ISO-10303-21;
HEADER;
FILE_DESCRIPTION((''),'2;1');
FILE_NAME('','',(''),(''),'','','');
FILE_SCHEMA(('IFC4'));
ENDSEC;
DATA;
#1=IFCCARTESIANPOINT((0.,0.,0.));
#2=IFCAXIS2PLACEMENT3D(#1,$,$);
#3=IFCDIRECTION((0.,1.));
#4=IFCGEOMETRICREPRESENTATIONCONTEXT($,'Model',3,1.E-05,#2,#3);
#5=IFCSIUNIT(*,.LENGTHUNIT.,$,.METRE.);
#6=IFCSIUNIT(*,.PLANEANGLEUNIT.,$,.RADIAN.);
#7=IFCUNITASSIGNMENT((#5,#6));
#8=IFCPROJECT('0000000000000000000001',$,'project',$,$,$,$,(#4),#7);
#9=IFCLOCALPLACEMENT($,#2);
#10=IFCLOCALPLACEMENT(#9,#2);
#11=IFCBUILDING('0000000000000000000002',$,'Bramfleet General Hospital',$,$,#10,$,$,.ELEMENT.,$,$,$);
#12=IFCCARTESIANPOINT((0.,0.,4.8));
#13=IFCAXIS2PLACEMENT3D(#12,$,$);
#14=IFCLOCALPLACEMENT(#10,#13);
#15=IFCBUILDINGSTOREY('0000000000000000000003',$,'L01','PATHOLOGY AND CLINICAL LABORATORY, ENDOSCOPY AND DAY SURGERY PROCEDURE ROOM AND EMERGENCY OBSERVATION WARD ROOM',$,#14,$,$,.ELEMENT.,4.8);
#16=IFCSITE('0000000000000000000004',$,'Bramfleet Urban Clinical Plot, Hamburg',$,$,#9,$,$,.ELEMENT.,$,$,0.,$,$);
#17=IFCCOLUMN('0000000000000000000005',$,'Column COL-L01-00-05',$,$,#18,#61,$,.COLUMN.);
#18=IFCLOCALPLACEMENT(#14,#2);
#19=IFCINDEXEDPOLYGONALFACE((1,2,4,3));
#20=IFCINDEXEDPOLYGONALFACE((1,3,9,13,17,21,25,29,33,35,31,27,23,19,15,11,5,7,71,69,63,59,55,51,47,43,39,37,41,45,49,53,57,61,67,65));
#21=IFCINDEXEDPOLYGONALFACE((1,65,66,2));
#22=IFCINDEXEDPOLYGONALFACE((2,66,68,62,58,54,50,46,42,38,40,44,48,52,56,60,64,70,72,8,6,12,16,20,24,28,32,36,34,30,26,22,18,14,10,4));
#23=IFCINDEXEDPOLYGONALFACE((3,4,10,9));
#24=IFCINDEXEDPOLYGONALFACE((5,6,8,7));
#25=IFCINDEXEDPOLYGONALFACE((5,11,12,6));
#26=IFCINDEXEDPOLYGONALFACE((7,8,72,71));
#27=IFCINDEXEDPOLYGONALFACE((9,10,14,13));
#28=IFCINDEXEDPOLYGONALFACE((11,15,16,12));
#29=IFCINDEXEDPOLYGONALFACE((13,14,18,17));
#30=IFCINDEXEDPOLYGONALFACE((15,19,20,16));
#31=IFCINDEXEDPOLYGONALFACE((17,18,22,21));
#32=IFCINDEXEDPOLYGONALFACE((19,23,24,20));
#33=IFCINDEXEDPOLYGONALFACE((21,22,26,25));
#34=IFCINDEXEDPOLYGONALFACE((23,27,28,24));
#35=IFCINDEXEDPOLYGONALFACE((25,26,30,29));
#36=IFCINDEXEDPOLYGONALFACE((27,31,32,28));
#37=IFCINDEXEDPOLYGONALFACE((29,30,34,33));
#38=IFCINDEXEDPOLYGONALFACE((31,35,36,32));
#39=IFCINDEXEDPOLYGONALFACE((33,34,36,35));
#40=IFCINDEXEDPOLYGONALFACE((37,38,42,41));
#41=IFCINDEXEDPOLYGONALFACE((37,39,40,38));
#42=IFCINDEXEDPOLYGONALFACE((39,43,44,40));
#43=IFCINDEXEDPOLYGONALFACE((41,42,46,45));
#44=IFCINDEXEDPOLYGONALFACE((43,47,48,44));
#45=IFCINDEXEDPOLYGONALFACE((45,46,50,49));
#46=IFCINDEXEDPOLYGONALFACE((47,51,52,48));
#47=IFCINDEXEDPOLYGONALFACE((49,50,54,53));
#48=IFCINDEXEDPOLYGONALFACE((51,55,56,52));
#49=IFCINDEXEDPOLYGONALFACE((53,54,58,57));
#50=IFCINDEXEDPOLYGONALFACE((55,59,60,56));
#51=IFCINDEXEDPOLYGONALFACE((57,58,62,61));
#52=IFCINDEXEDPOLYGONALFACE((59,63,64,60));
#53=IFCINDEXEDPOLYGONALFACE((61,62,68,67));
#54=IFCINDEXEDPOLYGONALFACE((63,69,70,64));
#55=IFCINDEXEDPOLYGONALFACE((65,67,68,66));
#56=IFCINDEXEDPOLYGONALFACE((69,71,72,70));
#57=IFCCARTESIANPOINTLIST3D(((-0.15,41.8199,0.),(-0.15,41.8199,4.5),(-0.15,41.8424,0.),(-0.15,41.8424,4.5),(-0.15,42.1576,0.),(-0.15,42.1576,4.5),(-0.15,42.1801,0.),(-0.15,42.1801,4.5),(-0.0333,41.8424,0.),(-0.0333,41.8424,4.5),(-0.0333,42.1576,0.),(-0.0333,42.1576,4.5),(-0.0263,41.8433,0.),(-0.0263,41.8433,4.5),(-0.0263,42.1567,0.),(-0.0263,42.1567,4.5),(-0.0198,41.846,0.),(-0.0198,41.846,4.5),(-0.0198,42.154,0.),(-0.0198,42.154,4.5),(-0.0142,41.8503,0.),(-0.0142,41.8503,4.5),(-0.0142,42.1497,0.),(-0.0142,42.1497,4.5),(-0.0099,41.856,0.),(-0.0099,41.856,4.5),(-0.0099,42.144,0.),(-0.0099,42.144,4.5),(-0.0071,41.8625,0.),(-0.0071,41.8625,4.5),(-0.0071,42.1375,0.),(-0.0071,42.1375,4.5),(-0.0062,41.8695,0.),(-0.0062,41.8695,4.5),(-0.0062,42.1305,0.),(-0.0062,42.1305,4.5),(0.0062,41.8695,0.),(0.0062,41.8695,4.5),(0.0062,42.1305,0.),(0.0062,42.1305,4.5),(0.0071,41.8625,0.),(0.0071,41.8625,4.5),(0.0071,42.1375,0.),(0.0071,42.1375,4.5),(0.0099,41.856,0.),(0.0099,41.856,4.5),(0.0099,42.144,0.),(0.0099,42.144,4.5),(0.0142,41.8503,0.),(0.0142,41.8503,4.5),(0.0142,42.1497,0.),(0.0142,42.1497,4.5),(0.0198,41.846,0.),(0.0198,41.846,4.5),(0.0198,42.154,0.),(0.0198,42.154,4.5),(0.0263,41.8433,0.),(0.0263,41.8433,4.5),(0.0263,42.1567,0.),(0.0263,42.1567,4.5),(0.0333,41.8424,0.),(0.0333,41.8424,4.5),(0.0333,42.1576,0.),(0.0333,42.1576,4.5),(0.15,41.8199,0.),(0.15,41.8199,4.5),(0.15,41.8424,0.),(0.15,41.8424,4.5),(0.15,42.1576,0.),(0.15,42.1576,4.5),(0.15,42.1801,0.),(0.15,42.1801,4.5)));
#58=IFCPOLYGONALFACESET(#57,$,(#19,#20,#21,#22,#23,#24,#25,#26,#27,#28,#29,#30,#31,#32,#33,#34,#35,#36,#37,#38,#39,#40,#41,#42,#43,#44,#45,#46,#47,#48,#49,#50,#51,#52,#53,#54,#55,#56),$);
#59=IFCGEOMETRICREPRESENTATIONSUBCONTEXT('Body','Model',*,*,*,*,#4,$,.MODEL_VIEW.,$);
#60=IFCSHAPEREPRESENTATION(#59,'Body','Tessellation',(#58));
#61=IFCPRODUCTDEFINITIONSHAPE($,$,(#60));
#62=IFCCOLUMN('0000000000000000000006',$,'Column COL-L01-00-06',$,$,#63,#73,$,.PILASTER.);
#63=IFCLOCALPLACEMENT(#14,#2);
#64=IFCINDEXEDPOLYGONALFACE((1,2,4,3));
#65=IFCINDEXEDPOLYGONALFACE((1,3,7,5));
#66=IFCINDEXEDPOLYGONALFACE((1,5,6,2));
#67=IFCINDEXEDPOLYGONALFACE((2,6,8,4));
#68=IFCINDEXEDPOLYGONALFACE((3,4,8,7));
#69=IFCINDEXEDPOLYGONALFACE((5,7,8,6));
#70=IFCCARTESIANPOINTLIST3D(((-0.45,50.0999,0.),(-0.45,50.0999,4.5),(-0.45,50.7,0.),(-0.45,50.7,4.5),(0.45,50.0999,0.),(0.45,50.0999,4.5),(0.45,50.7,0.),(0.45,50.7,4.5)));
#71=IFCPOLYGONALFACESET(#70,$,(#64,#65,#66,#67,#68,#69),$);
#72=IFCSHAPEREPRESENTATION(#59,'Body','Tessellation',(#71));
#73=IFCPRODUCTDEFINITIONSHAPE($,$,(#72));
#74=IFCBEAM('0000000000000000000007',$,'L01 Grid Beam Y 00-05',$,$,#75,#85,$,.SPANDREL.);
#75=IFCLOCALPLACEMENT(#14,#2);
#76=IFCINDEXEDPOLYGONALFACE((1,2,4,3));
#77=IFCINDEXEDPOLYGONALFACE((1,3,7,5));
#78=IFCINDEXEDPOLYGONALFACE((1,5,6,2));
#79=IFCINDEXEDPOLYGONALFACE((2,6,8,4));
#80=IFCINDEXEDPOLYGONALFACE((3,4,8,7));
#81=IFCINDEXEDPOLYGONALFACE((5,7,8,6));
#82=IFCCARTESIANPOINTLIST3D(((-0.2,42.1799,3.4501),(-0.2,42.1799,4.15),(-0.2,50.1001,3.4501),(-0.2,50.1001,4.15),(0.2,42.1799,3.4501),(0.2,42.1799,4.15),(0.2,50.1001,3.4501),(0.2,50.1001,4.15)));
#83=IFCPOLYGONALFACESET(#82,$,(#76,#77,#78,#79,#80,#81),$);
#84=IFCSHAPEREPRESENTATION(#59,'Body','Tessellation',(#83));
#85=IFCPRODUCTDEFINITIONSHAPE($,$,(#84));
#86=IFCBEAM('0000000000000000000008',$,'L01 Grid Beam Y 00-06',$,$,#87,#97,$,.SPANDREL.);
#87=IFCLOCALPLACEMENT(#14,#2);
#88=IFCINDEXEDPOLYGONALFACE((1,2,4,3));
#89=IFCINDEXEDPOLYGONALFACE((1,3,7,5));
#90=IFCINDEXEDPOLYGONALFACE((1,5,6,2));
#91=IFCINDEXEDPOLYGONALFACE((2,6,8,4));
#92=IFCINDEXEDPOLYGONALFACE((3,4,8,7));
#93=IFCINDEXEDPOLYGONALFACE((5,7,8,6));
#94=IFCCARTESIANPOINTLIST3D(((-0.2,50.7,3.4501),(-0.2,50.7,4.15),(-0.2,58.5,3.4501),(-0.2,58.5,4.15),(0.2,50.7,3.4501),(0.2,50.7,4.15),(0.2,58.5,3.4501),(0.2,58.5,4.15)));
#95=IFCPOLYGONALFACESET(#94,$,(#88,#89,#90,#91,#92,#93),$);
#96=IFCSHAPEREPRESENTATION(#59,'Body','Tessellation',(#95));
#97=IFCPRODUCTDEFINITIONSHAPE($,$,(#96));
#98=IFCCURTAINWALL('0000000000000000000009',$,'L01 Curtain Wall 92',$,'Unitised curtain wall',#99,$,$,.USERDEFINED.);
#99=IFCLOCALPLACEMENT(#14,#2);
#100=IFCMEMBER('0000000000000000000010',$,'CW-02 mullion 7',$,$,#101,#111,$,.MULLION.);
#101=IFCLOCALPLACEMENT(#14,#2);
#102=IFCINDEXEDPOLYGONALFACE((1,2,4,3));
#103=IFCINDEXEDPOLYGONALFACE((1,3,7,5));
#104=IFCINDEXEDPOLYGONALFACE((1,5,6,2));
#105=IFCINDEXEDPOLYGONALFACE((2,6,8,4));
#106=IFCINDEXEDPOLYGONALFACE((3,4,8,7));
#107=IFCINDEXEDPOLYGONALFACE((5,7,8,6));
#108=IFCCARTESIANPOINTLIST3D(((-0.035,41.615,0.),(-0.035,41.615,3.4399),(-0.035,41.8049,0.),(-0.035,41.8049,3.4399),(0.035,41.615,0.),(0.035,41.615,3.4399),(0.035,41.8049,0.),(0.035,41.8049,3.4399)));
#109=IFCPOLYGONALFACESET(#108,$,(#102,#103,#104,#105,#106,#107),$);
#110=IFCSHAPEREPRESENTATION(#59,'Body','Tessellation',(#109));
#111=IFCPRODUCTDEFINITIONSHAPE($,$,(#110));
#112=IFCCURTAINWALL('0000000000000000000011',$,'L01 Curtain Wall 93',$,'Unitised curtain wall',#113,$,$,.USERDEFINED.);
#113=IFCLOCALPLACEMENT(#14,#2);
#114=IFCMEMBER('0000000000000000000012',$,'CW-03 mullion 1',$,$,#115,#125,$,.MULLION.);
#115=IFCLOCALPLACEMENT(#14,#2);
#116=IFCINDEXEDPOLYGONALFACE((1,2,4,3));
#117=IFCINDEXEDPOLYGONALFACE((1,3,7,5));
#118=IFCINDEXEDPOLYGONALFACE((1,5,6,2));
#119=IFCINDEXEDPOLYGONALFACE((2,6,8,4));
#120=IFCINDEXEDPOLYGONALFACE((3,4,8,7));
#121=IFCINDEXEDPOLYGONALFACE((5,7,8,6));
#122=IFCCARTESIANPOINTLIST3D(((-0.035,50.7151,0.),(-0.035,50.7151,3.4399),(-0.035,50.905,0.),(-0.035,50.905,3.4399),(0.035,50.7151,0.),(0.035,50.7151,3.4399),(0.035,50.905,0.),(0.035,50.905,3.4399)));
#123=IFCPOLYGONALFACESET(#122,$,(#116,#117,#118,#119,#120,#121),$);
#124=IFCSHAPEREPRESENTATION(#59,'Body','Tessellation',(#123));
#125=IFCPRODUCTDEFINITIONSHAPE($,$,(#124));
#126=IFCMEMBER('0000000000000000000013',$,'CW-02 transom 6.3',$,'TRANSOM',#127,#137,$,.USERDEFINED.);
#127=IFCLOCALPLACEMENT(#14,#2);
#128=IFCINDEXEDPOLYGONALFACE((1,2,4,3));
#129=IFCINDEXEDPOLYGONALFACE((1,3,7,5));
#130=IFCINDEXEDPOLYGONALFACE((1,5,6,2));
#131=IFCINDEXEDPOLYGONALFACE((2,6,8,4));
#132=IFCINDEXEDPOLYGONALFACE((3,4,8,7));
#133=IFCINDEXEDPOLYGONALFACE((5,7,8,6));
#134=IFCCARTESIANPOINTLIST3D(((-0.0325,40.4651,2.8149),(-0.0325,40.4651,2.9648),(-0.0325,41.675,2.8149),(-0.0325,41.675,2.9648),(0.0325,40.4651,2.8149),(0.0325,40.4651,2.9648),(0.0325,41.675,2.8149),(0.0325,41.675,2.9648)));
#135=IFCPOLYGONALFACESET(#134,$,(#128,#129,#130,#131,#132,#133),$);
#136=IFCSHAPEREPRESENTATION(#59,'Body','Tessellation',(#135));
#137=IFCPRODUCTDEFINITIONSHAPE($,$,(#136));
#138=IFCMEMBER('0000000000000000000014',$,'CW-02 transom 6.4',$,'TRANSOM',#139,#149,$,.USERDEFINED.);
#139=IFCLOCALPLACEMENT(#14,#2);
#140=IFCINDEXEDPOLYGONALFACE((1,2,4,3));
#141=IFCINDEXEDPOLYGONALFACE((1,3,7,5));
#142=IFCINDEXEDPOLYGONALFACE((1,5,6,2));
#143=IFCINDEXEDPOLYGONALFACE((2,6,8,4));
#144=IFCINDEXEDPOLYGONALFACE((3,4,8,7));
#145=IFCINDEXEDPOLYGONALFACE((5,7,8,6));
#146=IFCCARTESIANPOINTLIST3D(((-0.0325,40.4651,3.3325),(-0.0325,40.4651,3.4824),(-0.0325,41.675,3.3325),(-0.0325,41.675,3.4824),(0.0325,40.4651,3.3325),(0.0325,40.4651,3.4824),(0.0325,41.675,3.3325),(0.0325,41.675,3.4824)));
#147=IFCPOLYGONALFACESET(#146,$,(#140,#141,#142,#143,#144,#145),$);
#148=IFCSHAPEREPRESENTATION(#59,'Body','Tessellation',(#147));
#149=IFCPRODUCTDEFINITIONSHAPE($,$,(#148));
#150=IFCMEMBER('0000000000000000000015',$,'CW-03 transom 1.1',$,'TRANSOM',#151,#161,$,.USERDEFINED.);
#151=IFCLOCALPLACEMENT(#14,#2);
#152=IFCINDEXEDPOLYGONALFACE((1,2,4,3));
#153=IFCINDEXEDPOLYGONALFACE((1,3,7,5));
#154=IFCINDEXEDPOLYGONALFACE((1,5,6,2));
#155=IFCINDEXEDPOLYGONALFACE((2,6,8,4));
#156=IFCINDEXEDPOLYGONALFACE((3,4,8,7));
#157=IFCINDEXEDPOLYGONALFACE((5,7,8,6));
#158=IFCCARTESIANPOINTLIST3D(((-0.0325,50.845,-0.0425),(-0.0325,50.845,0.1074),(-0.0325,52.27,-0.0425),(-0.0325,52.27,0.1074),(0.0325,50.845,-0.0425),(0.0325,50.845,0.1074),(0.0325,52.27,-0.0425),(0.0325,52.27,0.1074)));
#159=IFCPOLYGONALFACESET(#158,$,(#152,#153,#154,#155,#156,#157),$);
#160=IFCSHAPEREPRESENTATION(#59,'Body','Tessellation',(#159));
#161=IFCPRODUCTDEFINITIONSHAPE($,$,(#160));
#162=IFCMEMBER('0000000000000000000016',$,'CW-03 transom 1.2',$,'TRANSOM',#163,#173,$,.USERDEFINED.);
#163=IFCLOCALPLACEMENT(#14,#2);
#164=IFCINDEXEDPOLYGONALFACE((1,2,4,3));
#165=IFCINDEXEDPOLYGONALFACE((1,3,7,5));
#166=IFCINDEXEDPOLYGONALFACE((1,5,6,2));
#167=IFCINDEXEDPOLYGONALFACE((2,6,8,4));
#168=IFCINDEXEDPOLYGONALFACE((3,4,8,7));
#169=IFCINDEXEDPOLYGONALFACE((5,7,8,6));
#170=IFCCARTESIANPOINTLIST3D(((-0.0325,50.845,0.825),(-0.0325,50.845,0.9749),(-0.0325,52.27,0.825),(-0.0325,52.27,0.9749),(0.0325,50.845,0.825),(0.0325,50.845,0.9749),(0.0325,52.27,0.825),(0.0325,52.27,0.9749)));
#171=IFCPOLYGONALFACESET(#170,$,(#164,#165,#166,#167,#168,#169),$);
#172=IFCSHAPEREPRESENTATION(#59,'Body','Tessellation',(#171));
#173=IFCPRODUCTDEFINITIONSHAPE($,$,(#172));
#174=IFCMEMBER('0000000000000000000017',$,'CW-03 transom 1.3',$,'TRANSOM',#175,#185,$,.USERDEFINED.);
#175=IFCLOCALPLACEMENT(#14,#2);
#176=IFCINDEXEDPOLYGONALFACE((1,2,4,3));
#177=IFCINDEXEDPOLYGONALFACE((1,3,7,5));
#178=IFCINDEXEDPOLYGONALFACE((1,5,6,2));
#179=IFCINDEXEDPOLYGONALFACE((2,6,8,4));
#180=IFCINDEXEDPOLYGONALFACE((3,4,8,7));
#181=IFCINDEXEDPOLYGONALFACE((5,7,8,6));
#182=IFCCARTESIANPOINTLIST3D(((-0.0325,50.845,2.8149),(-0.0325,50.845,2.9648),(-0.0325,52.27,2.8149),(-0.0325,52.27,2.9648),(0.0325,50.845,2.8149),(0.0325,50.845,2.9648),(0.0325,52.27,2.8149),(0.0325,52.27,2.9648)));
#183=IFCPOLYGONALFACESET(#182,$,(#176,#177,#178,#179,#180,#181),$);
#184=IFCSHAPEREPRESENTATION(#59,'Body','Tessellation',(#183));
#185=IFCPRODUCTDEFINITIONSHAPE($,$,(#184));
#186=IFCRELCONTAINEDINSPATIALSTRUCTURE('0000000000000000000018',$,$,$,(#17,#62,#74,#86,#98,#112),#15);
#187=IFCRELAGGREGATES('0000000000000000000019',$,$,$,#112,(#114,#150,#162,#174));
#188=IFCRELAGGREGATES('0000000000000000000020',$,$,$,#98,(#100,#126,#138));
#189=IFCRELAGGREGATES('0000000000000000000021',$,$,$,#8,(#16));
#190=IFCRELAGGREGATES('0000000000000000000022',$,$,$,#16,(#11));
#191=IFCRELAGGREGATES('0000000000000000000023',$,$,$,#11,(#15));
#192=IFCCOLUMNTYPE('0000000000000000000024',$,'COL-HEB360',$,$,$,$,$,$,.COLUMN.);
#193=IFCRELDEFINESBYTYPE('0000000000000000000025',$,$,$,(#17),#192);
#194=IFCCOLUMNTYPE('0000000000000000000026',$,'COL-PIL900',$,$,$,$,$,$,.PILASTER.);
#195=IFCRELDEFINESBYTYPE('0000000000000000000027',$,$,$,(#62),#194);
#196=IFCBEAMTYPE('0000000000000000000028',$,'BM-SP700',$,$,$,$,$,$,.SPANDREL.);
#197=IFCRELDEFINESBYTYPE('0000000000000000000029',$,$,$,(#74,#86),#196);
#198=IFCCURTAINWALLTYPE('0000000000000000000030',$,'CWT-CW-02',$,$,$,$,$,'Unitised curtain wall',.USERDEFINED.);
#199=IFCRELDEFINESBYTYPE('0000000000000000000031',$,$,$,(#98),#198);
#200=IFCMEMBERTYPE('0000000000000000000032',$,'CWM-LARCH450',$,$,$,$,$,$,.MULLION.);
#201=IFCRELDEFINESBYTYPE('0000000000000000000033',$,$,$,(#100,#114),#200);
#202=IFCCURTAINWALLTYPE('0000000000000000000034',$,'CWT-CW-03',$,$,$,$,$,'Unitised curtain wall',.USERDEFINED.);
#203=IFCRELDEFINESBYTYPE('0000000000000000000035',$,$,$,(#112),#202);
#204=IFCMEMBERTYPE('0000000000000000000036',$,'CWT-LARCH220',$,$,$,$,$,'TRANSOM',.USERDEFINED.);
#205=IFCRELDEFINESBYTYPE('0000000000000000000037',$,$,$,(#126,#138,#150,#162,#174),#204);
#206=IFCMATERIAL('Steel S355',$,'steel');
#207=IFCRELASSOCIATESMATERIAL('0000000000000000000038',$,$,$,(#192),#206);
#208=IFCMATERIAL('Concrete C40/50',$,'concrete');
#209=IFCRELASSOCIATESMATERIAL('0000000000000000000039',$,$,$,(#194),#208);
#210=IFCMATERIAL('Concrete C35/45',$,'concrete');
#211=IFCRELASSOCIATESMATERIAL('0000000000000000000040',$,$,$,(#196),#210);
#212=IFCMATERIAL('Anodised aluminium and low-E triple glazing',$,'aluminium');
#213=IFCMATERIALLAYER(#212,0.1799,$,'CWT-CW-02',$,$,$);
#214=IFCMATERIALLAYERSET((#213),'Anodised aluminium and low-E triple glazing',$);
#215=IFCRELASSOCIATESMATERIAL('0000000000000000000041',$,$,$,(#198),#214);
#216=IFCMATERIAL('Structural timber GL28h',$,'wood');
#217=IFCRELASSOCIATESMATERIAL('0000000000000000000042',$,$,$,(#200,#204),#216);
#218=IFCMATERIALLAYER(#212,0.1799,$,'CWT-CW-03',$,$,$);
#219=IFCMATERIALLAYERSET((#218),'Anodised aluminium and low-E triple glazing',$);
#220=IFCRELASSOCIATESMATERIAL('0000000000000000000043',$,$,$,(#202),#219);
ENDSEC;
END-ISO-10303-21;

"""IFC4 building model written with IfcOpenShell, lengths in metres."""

from ifc_helpers import new_model, si_unit, direction, frame, origin, origin_2d, place, context, subcontext, project, spatial, rectangle, i_section, extrude, material, layer, layer_set, material_profile, profile_set, type_object, element, aggregate, save


model = new_model("IFC4")

# Units and contexts
model_context = context("Model", 3, precision=1e-05, world=origin(), true_north=direction((0.0, 1.0)))
body_context = subcontext(model_context, "Body", "Model", "MODEL_VIEW")
ifc_project = project(units=[si_unit("LENGTHUNIT", "METRE"), si_unit("PLANEANGLEUNIT", "RADIAN")], contexts=[model_context])

# Site, building, storey
site_placement = place(None, origin())
site = spatial("IfcSite", under=ifc_project, at=site_placement, Name="Bramfleet Urban Clinical Plot, Hamburg", CompositionType="ELEMENT", RefElevation=0.0)
building_placement = place(site_placement, origin())
building = spatial("IfcBuilding", under=site, at=building_placement, Name="Bramfleet General Hospital", CompositionType="ELEMENT")
storey_placement = place(building_placement, frame((0.0, 0.0, 4.8)))
storey = spatial("IfcBuildingStorey", under=building, at=storey_placement, Name="L01", Description="PATHOLOGY AND CLINICAL LABORATORY, ENDOSCOPY AND DAY SURGERY PROCEDURE ROOM AND EMERGENCY OBSERVATION WARD ROOM", CompositionType="ELEMENT", Elevation=4.8)

# Columns
ifc_material_1 = material(Name="Steel S355", Category="steel")
ifc_material_profile_1 = material_profile(ifc_material_1, i_section(OverallWidth=0.3, OverallDepth=0.3601, WebThickness=0.0125, FlangeThickness=0.0225, FilletRadius=0.0271, at=origin_2d()), Name="HEB 360")
ifc_profile_set_1 = profile_set([ifc_material_profile_1], Name="Steel S355")
column_type_1 = type_object("IfcColumnType", Name="COL-HEB360", PredefinedType="COLUMN", material=ifc_profile_set_1)
column_1_placement = place(storey_placement, frame((0.0, 42.0, 0.0), z_axis=(0.0, 0.0, 1.0), x_axis=(1.0, 0.0, 0.0)))
element("IfcColumn", 1, at=column_1_placement, inside=storey, type_object=column_type_1, Name="Column COL-L01-00-05", PredefinedType="COLUMN", context=body_context, shape_type="SweptSolid", body=[
    extrude(i_section(OverallWidth=0.3, OverallDepth=0.3601, WebThickness=0.0125, FlangeThickness=0.0225, FilletRadius=0.0271, at=origin_2d()), origin(), (0.0, 0.0, 1.0), 4.5),
])
ifc_material_2 = material(Name="Concrete C40/50", Category="concrete")
ifc_material_profile_2 = material_profile(ifc_material_2, rectangle(XDim=0.6001, YDim=0.8999, at=origin_2d()), Name="RC PIL 900x600")
ifc_profile_set_2 = profile_set([ifc_material_profile_2], Name="Concrete C40/50")
column_type_2 = type_object("IfcColumnType", Name="COL-PIL900", PredefinedType="PILASTER", material=ifc_profile_set_2)
column_2_placement = place(storey_placement, frame((0.0, 50.3999, 0.0), z_axis=(0.0, 0.0, 1.0), x_axis=(0.0, 1.0, 0.0)))
element("IfcColumn", 2, at=column_2_placement, inside=storey, type_object=column_type_2, Name="Column COL-L01-00-06", PredefinedType="PILASTER", context=body_context, shape_type="SweptSolid", body=[
    extrude(rectangle(XDim=0.6001, YDim=0.8999, at=origin_2d()), origin(), (0.0, 0.0, 1.0), 4.5),
])

# Beams
ifc_material_3 = material(Name="Concrete C35/45", Category="concrete")
ifc_material_profile_3 = material_profile(ifc_material_3, rectangle(XDim=0.3999, YDim=0.7, at=origin_2d()), Name="RC SP 700x400")
ifc_profile_set_3 = profile_set([ifc_material_profile_3], Name="Concrete C35/45")
beam_type = type_object("IfcBeamType", Name="BM-SP700", PredefinedType="SPANDREL", material=ifc_profile_set_3)
beam_1_placement = place(storey_placement, frame((0.0, 42.1799, 3.8), z_axis=(0.0, 1.0, 0.0), x_axis=(-1.0, 0.0, 0.0)))
element("IfcBeam", 3, at=beam_1_placement, inside=storey, type_object=beam_type, Name="L01 Grid Beam Y 00-05", PredefinedType="SPANDREL", context=body_context, shape_type="SweptSolid", body=[
    extrude(rectangle(XDim=0.3999, YDim=0.7, at=origin_2d()), origin(), (0.0, 0.0, 1.0), 7.9202),
])
beam_2_placement = place(storey_placement, frame((0.0, 50.7, 3.8), z_axis=(0.0, 1.0, 0.0), x_axis=(-1.0, 0.0, 0.0)))
element("IfcBeam", 4, at=beam_2_placement, inside=storey, type_object=beam_type, Name="L01 Grid Beam Y 00-06", PredefinedType="SPANDREL", context=body_context, shape_type="SweptSolid", body=[
    extrude(rectangle(XDim=0.3999, YDim=0.7, at=origin_2d()), origin(), (0.0, 0.0, 1.0), 7.8),
])

# Curtain walls, members
ifc_material_4 = material(Name="Anodised aluminium and low-E triple glazing", Category="aluminium")
ifc_layer_1 = layer(ifc_material_4, 0.1799, Name="CWT-CW-02")
ifc_layer_set_1 = layer_set([ifc_layer_1], Name="Anodised aluminium and low-E triple glazing")
curtain_wall_type_1 = type_object("IfcCurtainWallType", Name="CWT-CW-02", ElementType="Unitised curtain wall", PredefinedType="USERDEFINED", material=ifc_layer_set_1)
curtain_wall_1_placement = place(storey_placement, origin())
curtain_wall_1 = element("IfcCurtainWall", 5, at=curtain_wall_1_placement, inside=storey, type_object=curtain_wall_type_1, Name="L01 Curtain Wall 92", ObjectType="Unitised curtain wall", PredefinedType="USERDEFINED")
ifc_material_5 = material(Name="Structural timber GL28h", Category="wood")
ifc_material_profile_4 = material_profile(ifc_material_5, rectangle(XDim=0.0701, YDim=0.1899, at=origin_2d()), Name="LARCH 190x70")
ifc_profile_set_4 = profile_set([ifc_material_profile_4], Name="Structural timber GL28h")
member_type_1 = type_object("IfcMemberType", Name="CWM-LARCH450", PredefinedType="MULLION", material=ifc_profile_set_4)
member_1_placement = place(storey_placement, frame((0.0, 41.71, 0.0), z_axis=(0.0, 0.0, 1.0), x_axis=(-1.0, 0.0, 0.0)))
member_1 = element("IfcMember", 6, at=member_1_placement, type_object=member_type_1, Name="CW-02 mullion 7", PredefinedType="MULLION", context=body_context, shape_type="SweptSolid", body=[
    extrude(rectangle(XDim=0.0701, YDim=0.1899, at=origin_2d()), origin(), (0.0, 0.0, 1.0), 3.4399),
])
ifc_layer_2 = layer(ifc_material_4, 0.1799, Name="CWT-CW-03")
ifc_layer_set_2 = layer_set([ifc_layer_2], Name="Anodised aluminium and low-E triple glazing")
curtain_wall_type_2 = type_object("IfcCurtainWallType", Name="CWT-CW-03", ElementType="Unitised curtain wall", PredefinedType="USERDEFINED", material=ifc_layer_set_2)
curtain_wall_2_placement = place(storey_placement, origin())
curtain_wall_2 = element("IfcCurtainWall", 7, at=curtain_wall_2_placement, inside=storey, type_object=curtain_wall_type_2, Name="L01 Curtain Wall 93", ObjectType="Unitised curtain wall", PredefinedType="USERDEFINED")
member_2_placement = place(storey_placement, frame((0.0, 50.8101, 0.0), z_axis=(0.0, 0.0, 1.0), x_axis=(-1.0, 0.0, 0.0)))
member_2 = element("IfcMember", 8, at=member_2_placement, type_object=member_type_1, Name="CW-03 mullion 1", PredefinedType="MULLION", context=body_context, shape_type="SweptSolid", body=[
    extrude(rectangle(XDim=0.0701, YDim=0.1899, at=origin_2d()), origin(), (0.0, 0.0, 1.0), 3.4399),
])

# Members
ifc_material_profile_5 = material_profile(ifc_material_5, rectangle(XDim=0.0649, YDim=0.1499, at=origin_2d()), Name="LARCH 150x65")
ifc_profile_set_5 = profile_set([ifc_material_profile_5], Name="Structural timber GL28h")
member_type_2 = type_object("IfcMemberType", Name="CWT-LARCH220", ElementType="TRANSOM", PredefinedType="USERDEFINED", material=ifc_profile_set_5)
member_3_placement = place(storey_placement, frame((0.0, 40.4651, 2.8899), z_axis=(0.0, 1.0, 0.0), x_axis=(-1.0, 0.0, 0.0)))
member_3 = element("IfcMember", 9, at=member_3_placement, type_object=member_type_2, Name="CW-02 transom 6.3", ObjectType="TRANSOM", PredefinedType="USERDEFINED", context=body_context, shape_type="SweptSolid", body=[
    extrude(rectangle(XDim=0.0649, YDim=0.1499, at=origin_2d()), origin(), (0.0, 0.0, 1.0), 1.21),
])
member_4_placement = place(storey_placement, frame((0.0, 40.4651, 3.4075), z_axis=(0.0, 1.0, 0.0), x_axis=(-1.0, 0.0, 0.0)))
member_4 = element("IfcMember", 10, at=member_4_placement, type_object=member_type_2, Name="CW-02 transom 6.4", ObjectType="TRANSOM", PredefinedType="USERDEFINED", context=body_context, shape_type="SweptSolid", body=[
    extrude(rectangle(XDim=0.0649, YDim=0.1499, at=origin_2d()), origin(), (0.0, 0.0, 1.0), 1.21),
])
member_5_placement = place(storey_placement, frame((0.0, 50.845, 0.0325), z_axis=(0.0, 1.0, 0.0), x_axis=(-1.0, 0.0, 0.0)))
member_5 = element("IfcMember", 11, at=member_5_placement, type_object=member_type_2, Name="CW-03 transom 1.1", ObjectType="TRANSOM", PredefinedType="USERDEFINED", context=body_context, shape_type="SweptSolid", body=[
    extrude(rectangle(XDim=0.0649, YDim=0.1499, at=origin_2d()), origin(), (0.0, 0.0, 1.0), 1.425),
])
member_6_placement = place(storey_placement, frame((0.0, 50.845, 0.8999), z_axis=(0.0, 1.0, 0.0), x_axis=(-1.0, 0.0, 0.0)))
member_6 = element("IfcMember", 12, at=member_6_placement, type_object=member_type_2, Name="CW-03 transom 1.2", ObjectType="TRANSOM", PredefinedType="USERDEFINED", context=body_context, shape_type="SweptSolid", body=[
    extrude(rectangle(XDim=0.0649, YDim=0.1499, at=origin_2d()), origin(), (0.0, 0.0, 1.0), 1.425),
])
member_7_placement = place(storey_placement, frame((0.0, 50.845, 2.8899), z_axis=(0.0, 1.0, 0.0), x_axis=(-1.0, 0.0, 0.0)))
member_7 = element("IfcMember", 13, at=member_7_placement, type_object=member_type_2, Name="CW-03 transom 1.3", ObjectType="TRANSOM", PredefinedType="USERDEFINED", context=body_context, shape_type="SweptSolid", body=[
    extrude(rectangle(XDim=0.0649, YDim=0.1499, at=origin_2d()), origin(), (0.0, 0.0, 1.0), 1.425),
])

aggregate(curtain_wall_2, [member_2, member_5, member_6, member_7])
aggregate(curtain_wall_1, [member_1, member_3, member_4])

save(model, "model.ifc")
